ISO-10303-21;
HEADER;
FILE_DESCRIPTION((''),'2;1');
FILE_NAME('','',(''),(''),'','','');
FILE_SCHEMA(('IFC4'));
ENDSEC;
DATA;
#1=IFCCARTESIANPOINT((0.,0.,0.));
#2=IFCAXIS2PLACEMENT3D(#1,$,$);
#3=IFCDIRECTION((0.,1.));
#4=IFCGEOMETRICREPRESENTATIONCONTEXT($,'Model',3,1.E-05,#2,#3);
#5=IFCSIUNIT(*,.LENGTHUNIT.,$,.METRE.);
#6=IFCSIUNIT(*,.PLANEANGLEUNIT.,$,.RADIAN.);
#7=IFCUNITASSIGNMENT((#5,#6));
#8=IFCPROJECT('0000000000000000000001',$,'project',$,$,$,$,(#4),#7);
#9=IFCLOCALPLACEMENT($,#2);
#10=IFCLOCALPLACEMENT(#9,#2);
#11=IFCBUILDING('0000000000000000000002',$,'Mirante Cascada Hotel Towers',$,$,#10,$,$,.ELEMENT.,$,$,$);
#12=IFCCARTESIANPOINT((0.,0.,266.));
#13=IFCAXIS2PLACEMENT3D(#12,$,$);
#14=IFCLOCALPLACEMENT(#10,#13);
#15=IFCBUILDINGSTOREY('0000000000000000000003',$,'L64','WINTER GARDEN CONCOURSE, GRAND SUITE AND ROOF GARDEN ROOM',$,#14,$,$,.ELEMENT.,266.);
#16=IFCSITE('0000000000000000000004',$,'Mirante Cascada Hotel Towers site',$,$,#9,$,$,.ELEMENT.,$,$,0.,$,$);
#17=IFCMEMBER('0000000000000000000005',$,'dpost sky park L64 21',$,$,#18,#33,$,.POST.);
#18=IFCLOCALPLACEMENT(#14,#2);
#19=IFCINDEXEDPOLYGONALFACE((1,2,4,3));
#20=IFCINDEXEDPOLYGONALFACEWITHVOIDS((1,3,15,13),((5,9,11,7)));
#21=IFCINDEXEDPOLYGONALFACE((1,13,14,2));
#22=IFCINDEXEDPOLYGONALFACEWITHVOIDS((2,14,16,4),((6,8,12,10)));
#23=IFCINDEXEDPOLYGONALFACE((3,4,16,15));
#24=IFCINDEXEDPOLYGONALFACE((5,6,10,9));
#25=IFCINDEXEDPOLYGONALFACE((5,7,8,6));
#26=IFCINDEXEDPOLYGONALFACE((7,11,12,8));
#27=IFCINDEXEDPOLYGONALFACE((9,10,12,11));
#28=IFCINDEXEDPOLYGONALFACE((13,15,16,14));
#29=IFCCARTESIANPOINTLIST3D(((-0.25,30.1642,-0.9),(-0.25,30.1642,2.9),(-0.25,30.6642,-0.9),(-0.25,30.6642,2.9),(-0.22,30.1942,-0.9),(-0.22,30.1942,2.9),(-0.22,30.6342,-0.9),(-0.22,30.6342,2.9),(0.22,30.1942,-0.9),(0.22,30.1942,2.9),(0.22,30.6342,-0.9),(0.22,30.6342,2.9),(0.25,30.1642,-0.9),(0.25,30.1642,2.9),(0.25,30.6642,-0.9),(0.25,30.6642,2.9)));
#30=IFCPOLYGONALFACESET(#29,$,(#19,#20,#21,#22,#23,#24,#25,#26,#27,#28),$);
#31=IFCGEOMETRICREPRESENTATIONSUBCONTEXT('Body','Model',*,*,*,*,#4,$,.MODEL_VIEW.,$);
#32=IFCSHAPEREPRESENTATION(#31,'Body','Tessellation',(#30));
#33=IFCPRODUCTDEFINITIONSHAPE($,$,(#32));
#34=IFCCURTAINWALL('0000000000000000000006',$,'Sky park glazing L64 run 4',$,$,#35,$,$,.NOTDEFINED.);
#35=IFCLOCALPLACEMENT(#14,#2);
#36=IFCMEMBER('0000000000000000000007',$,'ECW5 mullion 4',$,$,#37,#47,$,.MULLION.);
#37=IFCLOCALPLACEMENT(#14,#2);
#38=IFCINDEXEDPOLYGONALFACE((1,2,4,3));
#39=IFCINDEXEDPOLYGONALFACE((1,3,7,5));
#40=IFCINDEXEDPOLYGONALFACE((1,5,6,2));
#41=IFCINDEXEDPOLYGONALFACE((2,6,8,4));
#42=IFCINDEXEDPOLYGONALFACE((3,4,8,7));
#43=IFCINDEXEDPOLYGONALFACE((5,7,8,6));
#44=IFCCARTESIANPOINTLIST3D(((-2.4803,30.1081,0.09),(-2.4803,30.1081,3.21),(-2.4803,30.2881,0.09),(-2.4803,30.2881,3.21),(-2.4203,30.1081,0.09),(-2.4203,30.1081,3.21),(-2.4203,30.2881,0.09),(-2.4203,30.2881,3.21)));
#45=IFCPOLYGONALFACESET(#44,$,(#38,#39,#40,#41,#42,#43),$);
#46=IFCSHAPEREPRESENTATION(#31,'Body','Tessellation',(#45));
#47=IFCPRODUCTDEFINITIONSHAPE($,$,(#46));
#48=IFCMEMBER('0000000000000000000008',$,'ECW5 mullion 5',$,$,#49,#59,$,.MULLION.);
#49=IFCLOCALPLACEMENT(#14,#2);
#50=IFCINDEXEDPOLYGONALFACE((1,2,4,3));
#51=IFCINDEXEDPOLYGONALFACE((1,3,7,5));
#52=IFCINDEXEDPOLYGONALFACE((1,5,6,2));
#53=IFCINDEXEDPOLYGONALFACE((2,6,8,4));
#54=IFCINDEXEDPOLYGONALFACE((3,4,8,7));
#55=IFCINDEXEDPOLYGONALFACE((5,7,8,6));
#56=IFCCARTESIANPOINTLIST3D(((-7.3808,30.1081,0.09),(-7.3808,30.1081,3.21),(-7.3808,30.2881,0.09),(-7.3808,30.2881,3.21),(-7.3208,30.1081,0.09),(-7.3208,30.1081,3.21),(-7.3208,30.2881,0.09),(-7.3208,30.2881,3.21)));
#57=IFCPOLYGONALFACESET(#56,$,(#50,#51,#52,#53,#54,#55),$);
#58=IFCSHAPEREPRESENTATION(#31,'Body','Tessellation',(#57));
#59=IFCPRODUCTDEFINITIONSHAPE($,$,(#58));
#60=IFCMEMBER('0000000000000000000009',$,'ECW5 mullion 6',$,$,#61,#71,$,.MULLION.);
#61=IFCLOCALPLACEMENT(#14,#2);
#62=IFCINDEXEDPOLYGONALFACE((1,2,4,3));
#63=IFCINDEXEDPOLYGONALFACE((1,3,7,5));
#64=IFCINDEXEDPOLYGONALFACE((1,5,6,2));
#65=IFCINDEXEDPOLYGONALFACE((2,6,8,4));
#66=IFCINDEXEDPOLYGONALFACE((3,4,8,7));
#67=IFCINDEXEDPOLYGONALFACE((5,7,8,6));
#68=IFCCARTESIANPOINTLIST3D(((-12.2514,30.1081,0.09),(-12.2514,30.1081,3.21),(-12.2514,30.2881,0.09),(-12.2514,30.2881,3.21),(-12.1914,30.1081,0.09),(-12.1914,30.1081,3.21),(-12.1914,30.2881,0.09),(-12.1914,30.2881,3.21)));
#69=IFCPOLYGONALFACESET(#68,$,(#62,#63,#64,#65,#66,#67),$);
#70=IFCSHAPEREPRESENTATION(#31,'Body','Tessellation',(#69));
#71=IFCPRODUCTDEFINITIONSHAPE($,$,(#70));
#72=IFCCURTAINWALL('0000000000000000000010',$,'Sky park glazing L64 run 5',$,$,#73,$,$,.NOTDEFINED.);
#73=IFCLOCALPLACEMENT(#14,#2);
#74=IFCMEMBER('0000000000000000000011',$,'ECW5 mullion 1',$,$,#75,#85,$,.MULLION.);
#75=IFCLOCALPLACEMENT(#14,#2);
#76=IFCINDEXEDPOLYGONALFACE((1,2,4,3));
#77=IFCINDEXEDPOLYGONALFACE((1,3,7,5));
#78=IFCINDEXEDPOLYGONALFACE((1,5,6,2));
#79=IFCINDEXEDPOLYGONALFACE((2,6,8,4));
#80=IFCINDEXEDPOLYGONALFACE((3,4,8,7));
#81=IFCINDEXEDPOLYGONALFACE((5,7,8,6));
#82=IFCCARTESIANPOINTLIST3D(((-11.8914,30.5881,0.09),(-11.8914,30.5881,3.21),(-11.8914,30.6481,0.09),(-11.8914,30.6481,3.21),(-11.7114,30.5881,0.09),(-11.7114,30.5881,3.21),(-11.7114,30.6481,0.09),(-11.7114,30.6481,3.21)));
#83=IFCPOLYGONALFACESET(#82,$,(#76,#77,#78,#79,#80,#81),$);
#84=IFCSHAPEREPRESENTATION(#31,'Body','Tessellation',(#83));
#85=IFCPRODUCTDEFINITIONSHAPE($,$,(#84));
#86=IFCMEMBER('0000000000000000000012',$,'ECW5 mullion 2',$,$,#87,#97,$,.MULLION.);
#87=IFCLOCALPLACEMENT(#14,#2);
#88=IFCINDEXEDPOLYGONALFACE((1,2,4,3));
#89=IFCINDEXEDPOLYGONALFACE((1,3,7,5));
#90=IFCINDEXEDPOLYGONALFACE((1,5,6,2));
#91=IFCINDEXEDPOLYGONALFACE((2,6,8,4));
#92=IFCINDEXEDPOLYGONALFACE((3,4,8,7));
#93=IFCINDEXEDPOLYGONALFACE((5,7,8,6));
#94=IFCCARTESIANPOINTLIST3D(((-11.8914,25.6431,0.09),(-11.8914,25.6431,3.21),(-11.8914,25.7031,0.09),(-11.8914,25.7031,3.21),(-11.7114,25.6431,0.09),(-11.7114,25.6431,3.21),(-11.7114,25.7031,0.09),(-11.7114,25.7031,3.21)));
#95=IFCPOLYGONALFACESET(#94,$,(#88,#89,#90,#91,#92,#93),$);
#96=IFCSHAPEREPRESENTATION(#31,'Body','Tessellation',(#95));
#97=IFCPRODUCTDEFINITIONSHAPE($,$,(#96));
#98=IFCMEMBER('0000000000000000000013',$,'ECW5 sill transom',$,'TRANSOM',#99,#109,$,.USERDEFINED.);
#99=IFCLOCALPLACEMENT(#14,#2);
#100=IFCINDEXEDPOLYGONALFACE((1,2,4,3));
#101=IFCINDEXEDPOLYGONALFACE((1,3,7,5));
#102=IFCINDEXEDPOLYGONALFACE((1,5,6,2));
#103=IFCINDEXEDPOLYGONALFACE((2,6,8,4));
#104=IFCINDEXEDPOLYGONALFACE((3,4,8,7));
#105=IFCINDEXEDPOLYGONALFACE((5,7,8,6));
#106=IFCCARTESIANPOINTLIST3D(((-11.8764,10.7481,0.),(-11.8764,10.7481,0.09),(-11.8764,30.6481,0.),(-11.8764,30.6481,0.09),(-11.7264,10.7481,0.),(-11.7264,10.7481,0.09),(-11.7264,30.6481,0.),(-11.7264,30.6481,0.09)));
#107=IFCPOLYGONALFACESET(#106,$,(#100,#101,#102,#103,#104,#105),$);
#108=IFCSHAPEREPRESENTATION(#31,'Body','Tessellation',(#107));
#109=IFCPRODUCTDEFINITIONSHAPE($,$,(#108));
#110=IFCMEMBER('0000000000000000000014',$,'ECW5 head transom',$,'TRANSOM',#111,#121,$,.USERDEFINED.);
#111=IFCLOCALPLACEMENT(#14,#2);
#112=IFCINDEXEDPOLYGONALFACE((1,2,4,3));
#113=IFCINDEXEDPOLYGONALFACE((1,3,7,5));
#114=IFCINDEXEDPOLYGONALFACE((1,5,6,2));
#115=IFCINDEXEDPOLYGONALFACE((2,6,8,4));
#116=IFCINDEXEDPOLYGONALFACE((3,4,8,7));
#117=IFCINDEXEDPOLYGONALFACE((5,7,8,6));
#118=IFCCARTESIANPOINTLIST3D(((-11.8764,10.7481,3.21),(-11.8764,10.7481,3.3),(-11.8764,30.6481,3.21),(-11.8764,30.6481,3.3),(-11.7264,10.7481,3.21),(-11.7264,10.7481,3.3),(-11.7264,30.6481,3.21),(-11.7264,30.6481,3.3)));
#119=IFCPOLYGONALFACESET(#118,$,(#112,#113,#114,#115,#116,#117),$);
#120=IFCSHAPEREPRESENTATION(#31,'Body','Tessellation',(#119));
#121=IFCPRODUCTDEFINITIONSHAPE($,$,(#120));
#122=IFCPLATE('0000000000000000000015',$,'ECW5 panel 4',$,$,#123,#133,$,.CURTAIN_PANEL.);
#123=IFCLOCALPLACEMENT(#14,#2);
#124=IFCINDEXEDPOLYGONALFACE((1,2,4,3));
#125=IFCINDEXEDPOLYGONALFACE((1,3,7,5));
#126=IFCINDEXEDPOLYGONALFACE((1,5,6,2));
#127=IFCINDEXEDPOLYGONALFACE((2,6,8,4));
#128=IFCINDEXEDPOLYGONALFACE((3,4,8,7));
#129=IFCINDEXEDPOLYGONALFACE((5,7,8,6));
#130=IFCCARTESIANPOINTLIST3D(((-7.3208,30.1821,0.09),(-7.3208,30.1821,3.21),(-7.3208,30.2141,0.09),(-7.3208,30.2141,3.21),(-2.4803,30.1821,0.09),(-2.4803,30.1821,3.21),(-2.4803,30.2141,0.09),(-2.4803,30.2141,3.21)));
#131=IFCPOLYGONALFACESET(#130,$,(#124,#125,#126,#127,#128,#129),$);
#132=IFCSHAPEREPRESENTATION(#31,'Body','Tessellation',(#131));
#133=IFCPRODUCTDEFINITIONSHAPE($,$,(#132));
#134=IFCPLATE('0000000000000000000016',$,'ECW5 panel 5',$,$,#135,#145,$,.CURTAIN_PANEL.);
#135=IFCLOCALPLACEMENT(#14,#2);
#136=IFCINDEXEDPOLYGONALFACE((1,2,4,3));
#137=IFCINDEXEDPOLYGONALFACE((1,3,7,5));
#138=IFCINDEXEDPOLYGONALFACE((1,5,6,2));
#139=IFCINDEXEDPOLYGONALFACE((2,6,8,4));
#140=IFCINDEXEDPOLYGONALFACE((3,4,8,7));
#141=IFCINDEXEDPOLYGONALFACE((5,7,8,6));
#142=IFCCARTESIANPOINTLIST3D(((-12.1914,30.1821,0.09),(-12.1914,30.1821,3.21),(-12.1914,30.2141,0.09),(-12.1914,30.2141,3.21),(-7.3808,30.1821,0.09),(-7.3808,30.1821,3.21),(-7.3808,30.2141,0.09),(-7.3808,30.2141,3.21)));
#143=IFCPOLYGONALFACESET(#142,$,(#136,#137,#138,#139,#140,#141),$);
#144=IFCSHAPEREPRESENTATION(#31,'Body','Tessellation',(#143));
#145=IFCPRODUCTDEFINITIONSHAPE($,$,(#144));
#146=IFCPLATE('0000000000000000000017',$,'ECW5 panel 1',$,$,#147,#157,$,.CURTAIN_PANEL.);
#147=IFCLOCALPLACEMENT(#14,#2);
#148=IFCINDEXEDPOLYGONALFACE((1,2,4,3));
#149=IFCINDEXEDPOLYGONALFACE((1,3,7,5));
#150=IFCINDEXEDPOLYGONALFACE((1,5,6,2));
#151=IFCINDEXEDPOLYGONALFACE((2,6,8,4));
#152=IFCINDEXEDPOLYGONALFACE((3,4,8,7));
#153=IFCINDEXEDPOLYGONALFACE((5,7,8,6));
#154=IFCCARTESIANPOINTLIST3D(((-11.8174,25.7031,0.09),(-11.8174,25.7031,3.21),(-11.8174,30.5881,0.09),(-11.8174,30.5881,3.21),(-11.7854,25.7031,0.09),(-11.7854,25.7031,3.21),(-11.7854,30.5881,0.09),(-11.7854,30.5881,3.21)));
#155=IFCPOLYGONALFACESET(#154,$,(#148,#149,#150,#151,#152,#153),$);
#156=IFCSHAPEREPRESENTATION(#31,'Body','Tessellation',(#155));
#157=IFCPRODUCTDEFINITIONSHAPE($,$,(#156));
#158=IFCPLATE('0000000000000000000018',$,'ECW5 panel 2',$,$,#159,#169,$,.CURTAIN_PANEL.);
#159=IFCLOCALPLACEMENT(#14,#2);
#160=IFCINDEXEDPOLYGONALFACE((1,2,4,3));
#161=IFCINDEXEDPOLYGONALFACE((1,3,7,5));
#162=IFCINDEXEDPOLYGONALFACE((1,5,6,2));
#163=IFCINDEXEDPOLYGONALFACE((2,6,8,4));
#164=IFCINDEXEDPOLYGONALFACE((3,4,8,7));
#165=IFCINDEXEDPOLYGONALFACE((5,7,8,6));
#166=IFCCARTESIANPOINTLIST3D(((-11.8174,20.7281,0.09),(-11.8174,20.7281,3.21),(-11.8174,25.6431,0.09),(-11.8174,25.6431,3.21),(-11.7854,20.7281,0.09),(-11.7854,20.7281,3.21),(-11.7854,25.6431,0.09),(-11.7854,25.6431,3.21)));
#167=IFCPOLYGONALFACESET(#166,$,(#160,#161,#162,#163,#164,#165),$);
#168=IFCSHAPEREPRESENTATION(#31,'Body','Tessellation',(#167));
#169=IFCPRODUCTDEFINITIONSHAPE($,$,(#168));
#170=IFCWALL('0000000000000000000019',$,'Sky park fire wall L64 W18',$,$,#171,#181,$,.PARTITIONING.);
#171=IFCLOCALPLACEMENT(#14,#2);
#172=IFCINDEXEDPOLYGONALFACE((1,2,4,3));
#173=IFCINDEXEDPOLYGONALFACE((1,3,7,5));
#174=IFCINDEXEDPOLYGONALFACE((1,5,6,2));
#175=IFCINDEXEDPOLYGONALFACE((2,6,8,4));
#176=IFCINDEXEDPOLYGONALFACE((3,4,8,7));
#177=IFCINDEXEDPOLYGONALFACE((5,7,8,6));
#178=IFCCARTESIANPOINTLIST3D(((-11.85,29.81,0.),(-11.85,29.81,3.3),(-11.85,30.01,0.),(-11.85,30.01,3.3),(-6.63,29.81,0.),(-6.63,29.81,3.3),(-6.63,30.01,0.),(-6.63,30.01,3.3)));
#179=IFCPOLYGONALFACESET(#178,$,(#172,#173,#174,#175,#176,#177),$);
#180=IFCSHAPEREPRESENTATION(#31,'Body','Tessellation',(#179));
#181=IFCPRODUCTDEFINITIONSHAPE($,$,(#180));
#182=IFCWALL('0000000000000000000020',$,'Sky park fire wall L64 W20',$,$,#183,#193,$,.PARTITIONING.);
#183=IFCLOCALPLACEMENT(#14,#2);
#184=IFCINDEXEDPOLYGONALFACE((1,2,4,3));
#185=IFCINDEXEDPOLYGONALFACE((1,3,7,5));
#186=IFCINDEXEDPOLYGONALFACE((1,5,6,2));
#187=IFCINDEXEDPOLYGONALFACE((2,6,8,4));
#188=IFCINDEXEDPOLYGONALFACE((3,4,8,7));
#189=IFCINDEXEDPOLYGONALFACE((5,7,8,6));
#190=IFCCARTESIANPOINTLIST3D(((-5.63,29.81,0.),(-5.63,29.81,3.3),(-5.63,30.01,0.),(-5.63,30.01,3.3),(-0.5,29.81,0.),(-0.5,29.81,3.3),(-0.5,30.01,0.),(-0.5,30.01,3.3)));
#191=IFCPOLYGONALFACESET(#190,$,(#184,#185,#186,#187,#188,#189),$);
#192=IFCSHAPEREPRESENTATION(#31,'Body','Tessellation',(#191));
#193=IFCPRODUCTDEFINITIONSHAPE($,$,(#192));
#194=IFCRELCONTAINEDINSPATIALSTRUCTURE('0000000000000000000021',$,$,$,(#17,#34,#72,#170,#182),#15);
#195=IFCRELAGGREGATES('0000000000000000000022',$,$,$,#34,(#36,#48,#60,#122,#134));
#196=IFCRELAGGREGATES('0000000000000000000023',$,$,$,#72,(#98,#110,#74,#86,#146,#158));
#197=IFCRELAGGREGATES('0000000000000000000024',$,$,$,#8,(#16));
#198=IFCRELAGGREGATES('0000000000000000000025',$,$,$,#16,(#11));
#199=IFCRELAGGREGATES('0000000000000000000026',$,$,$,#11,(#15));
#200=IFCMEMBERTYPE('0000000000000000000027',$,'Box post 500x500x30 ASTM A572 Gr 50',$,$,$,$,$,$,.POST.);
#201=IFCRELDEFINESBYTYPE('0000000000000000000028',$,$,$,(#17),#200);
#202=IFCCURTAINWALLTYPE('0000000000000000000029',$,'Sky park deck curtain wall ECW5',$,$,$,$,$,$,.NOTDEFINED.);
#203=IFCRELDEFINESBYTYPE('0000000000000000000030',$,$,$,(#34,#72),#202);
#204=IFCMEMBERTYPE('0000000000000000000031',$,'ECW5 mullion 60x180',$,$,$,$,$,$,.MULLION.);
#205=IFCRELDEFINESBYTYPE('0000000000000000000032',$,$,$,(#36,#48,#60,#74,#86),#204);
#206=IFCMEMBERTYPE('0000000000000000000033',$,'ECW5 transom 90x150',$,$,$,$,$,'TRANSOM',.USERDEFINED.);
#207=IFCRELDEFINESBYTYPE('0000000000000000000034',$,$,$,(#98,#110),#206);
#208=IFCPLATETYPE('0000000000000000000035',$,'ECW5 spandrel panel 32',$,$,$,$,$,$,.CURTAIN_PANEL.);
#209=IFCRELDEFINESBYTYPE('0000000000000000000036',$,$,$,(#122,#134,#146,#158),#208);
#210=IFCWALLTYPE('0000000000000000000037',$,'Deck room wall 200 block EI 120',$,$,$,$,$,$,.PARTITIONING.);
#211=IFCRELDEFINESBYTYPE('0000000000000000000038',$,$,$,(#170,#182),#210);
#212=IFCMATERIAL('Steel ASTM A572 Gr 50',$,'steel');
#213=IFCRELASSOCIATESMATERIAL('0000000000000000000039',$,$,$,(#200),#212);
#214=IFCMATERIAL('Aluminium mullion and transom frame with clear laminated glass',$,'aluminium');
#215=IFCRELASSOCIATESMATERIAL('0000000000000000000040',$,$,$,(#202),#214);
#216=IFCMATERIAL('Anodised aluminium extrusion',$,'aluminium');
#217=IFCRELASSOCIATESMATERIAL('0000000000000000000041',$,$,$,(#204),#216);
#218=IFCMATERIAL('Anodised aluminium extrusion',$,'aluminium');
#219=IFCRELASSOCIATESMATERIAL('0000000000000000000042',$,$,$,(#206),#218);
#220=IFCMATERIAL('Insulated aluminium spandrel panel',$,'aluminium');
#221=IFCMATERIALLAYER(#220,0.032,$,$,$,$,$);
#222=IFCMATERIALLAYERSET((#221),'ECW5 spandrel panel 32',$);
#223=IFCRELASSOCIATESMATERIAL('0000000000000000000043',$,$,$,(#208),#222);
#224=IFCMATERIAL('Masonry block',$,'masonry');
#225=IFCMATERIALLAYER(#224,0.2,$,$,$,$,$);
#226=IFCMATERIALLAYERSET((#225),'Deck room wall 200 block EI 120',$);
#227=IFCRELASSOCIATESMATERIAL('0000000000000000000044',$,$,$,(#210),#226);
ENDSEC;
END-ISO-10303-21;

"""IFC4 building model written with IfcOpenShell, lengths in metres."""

from ifc_helpers import new_model, si_unit, direction, frame, frame_2d, origin, origin_2d, place, context, subcontext, project, spatial, rectangle, hollow_rectangle, extrude, material, layer, layer_set, material_profile, profile_set, type_object, element, aggregate, save


model = new_model("IFC4")

# Units and contexts
model_context = context("Model", 3, precision=1e-05, world=origin(), true_north=direction((0.0, 1.0)))
body_context = subcontext(model_context, "Body", "Model", "MODEL_VIEW")
ifc_project = project(units=[si_unit("LENGTHUNIT", "METRE"), si_unit("PLANEANGLEUNIT", "RADIAN")], contexts=[model_context])

# Site, building, storey
site_placement = place(None, origin())
site = spatial("IfcSite", under=ifc_project, at=site_placement, Name="Mirante Cascada Hotel Towers site", CompositionType="ELEMENT", RefElevation=0.0)
building_placement = place(site_placement, origin())
building = spatial("IfcBuilding", under=site, at=building_placement, Name="Mirante Cascada Hotel Towers", CompositionType="ELEMENT")
storey_placement = place(building_placement, frame((0.0, 0.0, 266.0)))
storey = spatial("IfcBuildingStorey", under=building, at=storey_placement, Name="L64", Description="WINTER GARDEN CONCOURSE, GRAND SUITE AND ROOF GARDEN ROOM", CompositionType="ELEMENT", Elevation=266.0)

# Member
ifc_material_1 = material(Name="Steel ASTM A572 Gr 50", Category="steel")
ifc_material_profile_1 = material_profile(ifc_material_1, hollow_rectangle(XDim=0.5, YDim=0.5, WallThickness=0.03, at=origin_2d()), Name="Box post 500x500x30 ASTM A572 Gr 50")
ifc_profile_set_1 = profile_set([ifc_material_profile_1], Name="Steel ASTM A572 Gr 50")
member_type_1 = type_object("IfcMemberType", Name="Box post 500x500x30 ASTM A572 Gr 50", PredefinedType="POST", material=ifc_profile_set_1)
for number, where, z_axis, x_axis, name in (
    (1, (0.0, 30.4142, -0.9), (0.0, 0.0, 1.0), (1.0, 0.0, 0.0), "dpost sky park L64 21"),
):
    element("IfcMember", number, at=place(storey_placement, frame(where, z_axis=z_axis, x_axis=x_axis)), inside=storey, type_object=member_type_1, Name=name, PredefinedType="POST", context=body_context, shape_type="SweptSolid", body=[
        extrude(hollow_rectangle(XDim=0.5, YDim=0.5, WallThickness=0.03, at=origin_2d()), origin(), (0.0, 0.0, 1.0), 3.8),
    ])

# Curtain walls, members
ifc_material_2 = material(Name="Aluminium mullion and transom frame with clear laminated glass", Category="aluminium")
curtain_wall_type = type_object("IfcCurtainWallType", Name="Sky park deck curtain wall ECW5", PredefinedType="NOTDEFINED", material=ifc_material_2)
curtain_wall_1_placement = place(storey_placement, origin())
curtain_wall_1 = element("IfcCurtainWall", 2, at=curtain_wall_1_placement, inside=storey, type_object=curtain_wall_type, Name="Sky park glazing L64 run 4", PredefinedType="NOTDEFINED")
ifc_material_3 = material(Name="Anodised aluminium extrusion", Category="aluminium")
ifc_material_profile_2 = material_profile(ifc_material_3, rectangle(XDim=0.18, YDim=0.06, at=origin_2d()), Name="ECW5 MULLION 60x180")
ifc_profile_set_2 = profile_set([ifc_material_profile_2], Name="Anodised aluminium extrusion")
member_type_2 = type_object("IfcMemberType", Name="ECW5 mullion 60x180", PredefinedType="MULLION", material=ifc_profile_set_2)
member_1_placement = place(storey_placement, frame((-2.4503, 30.1981, 0.09), z_axis=(0.0, 0.0, 1.0), x_axis=(0.0, -1.0, 0.0)))
member_1 = element("IfcMember", 3, at=member_1_placement, type_object=member_type_2, Name="ECW5 mullion 4", PredefinedType="MULLION", context=body_context, shape_type="SweptSolid", body=[
    extrude(rectangle(XDim=0.18, YDim=0.06, at=origin_2d()), origin(), (0.0, 0.0, 1.0), 3.12),
])
member_2_placement = place(storey_placement, frame((-7.3508, 30.1981, 0.09), z_axis=(0.0, 0.0, 1.0), x_axis=(0.0, -1.0, 0.0)))
member_2 = element("IfcMember", 4, at=member_2_placement, type_object=member_type_2, Name="ECW5 mullion 5", PredefinedType="MULLION", context=body_context, shape_type="SweptSolid", body=[
    extrude(rectangle(XDim=0.18, YDim=0.06, at=origin_2d()), origin(), (0.0, 0.0, 1.0), 3.12),
])
member_3_placement = place(storey_placement, frame((-12.2214, 30.1981, 0.09), z_axis=(0.0, 0.0, 1.0), x_axis=(0.0, -1.0, 0.0)))
member_3 = element("IfcMember", 5, at=member_3_placement, type_object=member_type_2, Name="ECW5 mullion 6", PredefinedType="MULLION", context=body_context, shape_type="SweptSolid", body=[
    extrude(rectangle(XDim=0.18, YDim=0.06, at=origin_2d()), origin(), (0.0, 0.0, 1.0), 3.12),
])
curtain_wall_2_placement = place(storey_placement, origin())
curtain_wall_2 = element("IfcCurtainWall", 6, at=curtain_wall_2_placement, inside=storey, type_object=curtain_wall_type, Name="Sky park glazing L64 run 5", PredefinedType="NOTDEFINED")
member_4_placement = place(storey_placement, frame((-11.8014, 30.6181, 0.09), z_axis=(0.0, 0.0, 1.0), x_axis=(1.0, 0.0, 0.0)))
member_4 = element("IfcMember", 7, at=member_4_placement, type_object=member_type_2, Name="ECW5 mullion 1", PredefinedType="MULLION", context=body_context, shape_type="SweptSolid", body=[
    extrude(rectangle(XDim=0.18, YDim=0.06, at=origin_2d()), origin(), (0.0, 0.0, 1.0), 3.12),
])
member_5_placement = place(storey_placement, frame((-11.8014, 25.6731, 0.09), z_axis=(0.0, 0.0, 1.0), x_axis=(1.0, 0.0, 0.0)))
member_5 = element("IfcMember", 8, at=member_5_placement, type_object=member_type_2, Name="ECW5 mullion 2", PredefinedType="MULLION", context=body_context, shape_type="SweptSolid", body=[
    extrude(rectangle(XDim=0.18, YDim=0.06, at=origin_2d()), origin(), (0.0, 0.0, 1.0), 3.12),
])
ifc_material_4 = material(Name="Anodised aluminium extrusion", Category="aluminium")
ifc_material_profile_3 = material_profile(ifc_material_4, rectangle(XDim=0.15, YDim=0.09, at=origin_2d()), Name="ECW5 TRANSOM 90x150")
ifc_profile_set_3 = profile_set([ifc_material_profile_3], Name="Anodised aluminium extrusion")
member_type_3 = type_object("IfcMemberType", Name="ECW5 transom 90x150", ElementType="TRANSOM", PredefinedType="USERDEFINED", material=ifc_profile_set_3)
member_6_placement = place(storey_placement, frame((-11.8014, 30.6481, 0.045), z_axis=(0.0, -1.0, 0.0), x_axis=(1.0, 0.0, 0.0)))
member_6 = element("IfcMember", 9, at=member_6_placement, type_object=member_type_3, Name="ECW5 sill transom", ObjectType="TRANSOM", PredefinedType="USERDEFINED", context=body_context, shape_type="SweptSolid", body=[
    extrude(rectangle(XDim=0.15, YDim=0.09, at=origin_2d()), origin(), (0.0, 0.0, 1.0), 19.9),
])
member_7_placement = place(storey_placement, frame((-11.8014, 30.6481, 3.255), z_axis=(0.0, -1.0, 0.0), x_axis=(1.0, 0.0, 0.0)))
member_7 = element("IfcMember", 10, at=member_7_placement, type_object=member_type_3, Name="ECW5 head transom", ObjectType="TRANSOM", PredefinedType="USERDEFINED", context=body_context, shape_type="SweptSolid", body=[
    extrude(rectangle(XDim=0.15, YDim=0.09, at=origin_2d()), origin(), (0.0, 0.0, 1.0), 19.9),
])

# Plates
ifc_material_5 = material(Name="Insulated aluminium spandrel panel", Category="aluminium")
ifc_layer_1 = layer(ifc_material_5, 0.032)
ifc_layer_set_1 = layer_set([ifc_layer_1], Name="ECW5 spandrel panel 32")
plate_type = type_object("IfcPlateType", Name="ECW5 spandrel panel 32", PredefinedType="CURTAIN_PANEL", material=ifc_layer_set_1)
plate_1_placement = place(storey_placement, frame((-4.9005, 30.1981, 0.09), z_axis=(0.0, 0.0, 1.0), x_axis=(-1.0, 0.0, 0.0)))
plate_1 = element("IfcPlate", 11, at=plate_1_placement, type_object=plate_type, Name="ECW5 panel 4", PredefinedType="CURTAIN_PANEL", context=body_context, shape_type="SweptSolid", body=[
    extrude(rectangle(XDim=4.8405, YDim=0.032, at=origin_2d()), origin(), (0.0, 0.0, 1.0), 3.12),
])
plate_2_placement = place(storey_placement, frame((-9.7861, 30.1981, 0.09), z_axis=(0.0, 0.0, 1.0), x_axis=(-1.0, 0.0, 0.0)))
plate_2 = element("IfcPlate", 12, at=plate_2_placement, type_object=plate_type, Name="ECW5 panel 5", PredefinedType="CURTAIN_PANEL", context=body_context, shape_type="SweptSolid", body=[
    extrude(rectangle(XDim=4.8105, YDim=0.032, at=origin_2d()), origin(), (0.0, 0.0, 1.0), 3.12),
])
aggregate(curtain_wall_1, [member_1, member_2, member_3, plate_1, plate_2])
plate_3_placement = place(storey_placement, frame((-11.8014, 28.1456, 0.09), z_axis=(0.0, 0.0, 1.0), x_axis=(0.0, -1.0, 0.0)))
plate_3 = element("IfcPlate", 13, at=plate_3_placement, type_object=plate_type, Name="ECW5 panel 1", PredefinedType="CURTAIN_PANEL", context=body_context, shape_type="SweptSolid", body=[
    extrude(rectangle(XDim=4.885, YDim=0.032, at=origin_2d()), origin(), (0.0, 0.0, 1.0), 3.12),
])
plate_4_placement = place(storey_placement, frame((-11.8014, 23.1856, 0.09), z_axis=(0.0, 0.0, 1.0), x_axis=(0.0, -1.0, 0.0)))
plate_4 = element("IfcPlate", 14, at=plate_4_placement, type_object=plate_type, Name="ECW5 panel 2", PredefinedType="CURTAIN_PANEL", context=body_context, shape_type="SweptSolid", body=[
    extrude(rectangle(XDim=4.915, YDim=0.032, at=origin_2d()), origin(), (0.0, 0.0, 1.0), 3.12),
])
aggregate(curtain_wall_2, [member_6, member_7, member_4, member_5, plate_3, plate_4])

# Walls
ifc_material_6 = material(Name="Masonry block", Category="masonry")
ifc_layer_2 = layer(ifc_material_6, 0.2)
ifc_layer_set_2 = layer_set([ifc_layer_2], Name="Deck room wall 200 block EI 120")
wall_type = type_object("IfcWallType", Name="Deck room wall 200 block EI 120", PredefinedType="PARTITIONING", material=ifc_layer_set_2)
wall_1_placement = place(storey_placement, frame((-11.85, 29.91, 0.0), z_axis=(0.0, 0.0, 1.0), x_axis=(1.0, 0.0, 0.0)))
element("IfcWall", 15, at=wall_1_placement, inside=storey, type_object=wall_type, Name="Sky park fire wall L64 W18", PredefinedType="PARTITIONING", context=body_context, shape_type="SweptSolid", body=[
    extrude(rectangle(XDim=5.22, YDim=0.2, at=frame_2d((2.61, 0.0))), origin(), (0.0, 0.0, 1.0), 3.3),
])
wall_2_placement = place(storey_placement, frame((-5.63, 29.91, 0.0), z_axis=(0.0, 0.0, 1.0), x_axis=(1.0, 0.0, 0.0)))
element("IfcWall", 16, at=wall_2_placement, inside=storey, type_object=wall_type, Name="Sky park fire wall L64 W20", PredefinedType="PARTITIONING", context=body_context, shape_type="SweptSolid", body=[
    extrude(rectangle(XDim=5.13, YDim=0.2, at=frame_2d((2.565, 0.0))), origin(), (0.0, 0.0, 1.0), 3.3),
])

save(model, "model.ifc")
